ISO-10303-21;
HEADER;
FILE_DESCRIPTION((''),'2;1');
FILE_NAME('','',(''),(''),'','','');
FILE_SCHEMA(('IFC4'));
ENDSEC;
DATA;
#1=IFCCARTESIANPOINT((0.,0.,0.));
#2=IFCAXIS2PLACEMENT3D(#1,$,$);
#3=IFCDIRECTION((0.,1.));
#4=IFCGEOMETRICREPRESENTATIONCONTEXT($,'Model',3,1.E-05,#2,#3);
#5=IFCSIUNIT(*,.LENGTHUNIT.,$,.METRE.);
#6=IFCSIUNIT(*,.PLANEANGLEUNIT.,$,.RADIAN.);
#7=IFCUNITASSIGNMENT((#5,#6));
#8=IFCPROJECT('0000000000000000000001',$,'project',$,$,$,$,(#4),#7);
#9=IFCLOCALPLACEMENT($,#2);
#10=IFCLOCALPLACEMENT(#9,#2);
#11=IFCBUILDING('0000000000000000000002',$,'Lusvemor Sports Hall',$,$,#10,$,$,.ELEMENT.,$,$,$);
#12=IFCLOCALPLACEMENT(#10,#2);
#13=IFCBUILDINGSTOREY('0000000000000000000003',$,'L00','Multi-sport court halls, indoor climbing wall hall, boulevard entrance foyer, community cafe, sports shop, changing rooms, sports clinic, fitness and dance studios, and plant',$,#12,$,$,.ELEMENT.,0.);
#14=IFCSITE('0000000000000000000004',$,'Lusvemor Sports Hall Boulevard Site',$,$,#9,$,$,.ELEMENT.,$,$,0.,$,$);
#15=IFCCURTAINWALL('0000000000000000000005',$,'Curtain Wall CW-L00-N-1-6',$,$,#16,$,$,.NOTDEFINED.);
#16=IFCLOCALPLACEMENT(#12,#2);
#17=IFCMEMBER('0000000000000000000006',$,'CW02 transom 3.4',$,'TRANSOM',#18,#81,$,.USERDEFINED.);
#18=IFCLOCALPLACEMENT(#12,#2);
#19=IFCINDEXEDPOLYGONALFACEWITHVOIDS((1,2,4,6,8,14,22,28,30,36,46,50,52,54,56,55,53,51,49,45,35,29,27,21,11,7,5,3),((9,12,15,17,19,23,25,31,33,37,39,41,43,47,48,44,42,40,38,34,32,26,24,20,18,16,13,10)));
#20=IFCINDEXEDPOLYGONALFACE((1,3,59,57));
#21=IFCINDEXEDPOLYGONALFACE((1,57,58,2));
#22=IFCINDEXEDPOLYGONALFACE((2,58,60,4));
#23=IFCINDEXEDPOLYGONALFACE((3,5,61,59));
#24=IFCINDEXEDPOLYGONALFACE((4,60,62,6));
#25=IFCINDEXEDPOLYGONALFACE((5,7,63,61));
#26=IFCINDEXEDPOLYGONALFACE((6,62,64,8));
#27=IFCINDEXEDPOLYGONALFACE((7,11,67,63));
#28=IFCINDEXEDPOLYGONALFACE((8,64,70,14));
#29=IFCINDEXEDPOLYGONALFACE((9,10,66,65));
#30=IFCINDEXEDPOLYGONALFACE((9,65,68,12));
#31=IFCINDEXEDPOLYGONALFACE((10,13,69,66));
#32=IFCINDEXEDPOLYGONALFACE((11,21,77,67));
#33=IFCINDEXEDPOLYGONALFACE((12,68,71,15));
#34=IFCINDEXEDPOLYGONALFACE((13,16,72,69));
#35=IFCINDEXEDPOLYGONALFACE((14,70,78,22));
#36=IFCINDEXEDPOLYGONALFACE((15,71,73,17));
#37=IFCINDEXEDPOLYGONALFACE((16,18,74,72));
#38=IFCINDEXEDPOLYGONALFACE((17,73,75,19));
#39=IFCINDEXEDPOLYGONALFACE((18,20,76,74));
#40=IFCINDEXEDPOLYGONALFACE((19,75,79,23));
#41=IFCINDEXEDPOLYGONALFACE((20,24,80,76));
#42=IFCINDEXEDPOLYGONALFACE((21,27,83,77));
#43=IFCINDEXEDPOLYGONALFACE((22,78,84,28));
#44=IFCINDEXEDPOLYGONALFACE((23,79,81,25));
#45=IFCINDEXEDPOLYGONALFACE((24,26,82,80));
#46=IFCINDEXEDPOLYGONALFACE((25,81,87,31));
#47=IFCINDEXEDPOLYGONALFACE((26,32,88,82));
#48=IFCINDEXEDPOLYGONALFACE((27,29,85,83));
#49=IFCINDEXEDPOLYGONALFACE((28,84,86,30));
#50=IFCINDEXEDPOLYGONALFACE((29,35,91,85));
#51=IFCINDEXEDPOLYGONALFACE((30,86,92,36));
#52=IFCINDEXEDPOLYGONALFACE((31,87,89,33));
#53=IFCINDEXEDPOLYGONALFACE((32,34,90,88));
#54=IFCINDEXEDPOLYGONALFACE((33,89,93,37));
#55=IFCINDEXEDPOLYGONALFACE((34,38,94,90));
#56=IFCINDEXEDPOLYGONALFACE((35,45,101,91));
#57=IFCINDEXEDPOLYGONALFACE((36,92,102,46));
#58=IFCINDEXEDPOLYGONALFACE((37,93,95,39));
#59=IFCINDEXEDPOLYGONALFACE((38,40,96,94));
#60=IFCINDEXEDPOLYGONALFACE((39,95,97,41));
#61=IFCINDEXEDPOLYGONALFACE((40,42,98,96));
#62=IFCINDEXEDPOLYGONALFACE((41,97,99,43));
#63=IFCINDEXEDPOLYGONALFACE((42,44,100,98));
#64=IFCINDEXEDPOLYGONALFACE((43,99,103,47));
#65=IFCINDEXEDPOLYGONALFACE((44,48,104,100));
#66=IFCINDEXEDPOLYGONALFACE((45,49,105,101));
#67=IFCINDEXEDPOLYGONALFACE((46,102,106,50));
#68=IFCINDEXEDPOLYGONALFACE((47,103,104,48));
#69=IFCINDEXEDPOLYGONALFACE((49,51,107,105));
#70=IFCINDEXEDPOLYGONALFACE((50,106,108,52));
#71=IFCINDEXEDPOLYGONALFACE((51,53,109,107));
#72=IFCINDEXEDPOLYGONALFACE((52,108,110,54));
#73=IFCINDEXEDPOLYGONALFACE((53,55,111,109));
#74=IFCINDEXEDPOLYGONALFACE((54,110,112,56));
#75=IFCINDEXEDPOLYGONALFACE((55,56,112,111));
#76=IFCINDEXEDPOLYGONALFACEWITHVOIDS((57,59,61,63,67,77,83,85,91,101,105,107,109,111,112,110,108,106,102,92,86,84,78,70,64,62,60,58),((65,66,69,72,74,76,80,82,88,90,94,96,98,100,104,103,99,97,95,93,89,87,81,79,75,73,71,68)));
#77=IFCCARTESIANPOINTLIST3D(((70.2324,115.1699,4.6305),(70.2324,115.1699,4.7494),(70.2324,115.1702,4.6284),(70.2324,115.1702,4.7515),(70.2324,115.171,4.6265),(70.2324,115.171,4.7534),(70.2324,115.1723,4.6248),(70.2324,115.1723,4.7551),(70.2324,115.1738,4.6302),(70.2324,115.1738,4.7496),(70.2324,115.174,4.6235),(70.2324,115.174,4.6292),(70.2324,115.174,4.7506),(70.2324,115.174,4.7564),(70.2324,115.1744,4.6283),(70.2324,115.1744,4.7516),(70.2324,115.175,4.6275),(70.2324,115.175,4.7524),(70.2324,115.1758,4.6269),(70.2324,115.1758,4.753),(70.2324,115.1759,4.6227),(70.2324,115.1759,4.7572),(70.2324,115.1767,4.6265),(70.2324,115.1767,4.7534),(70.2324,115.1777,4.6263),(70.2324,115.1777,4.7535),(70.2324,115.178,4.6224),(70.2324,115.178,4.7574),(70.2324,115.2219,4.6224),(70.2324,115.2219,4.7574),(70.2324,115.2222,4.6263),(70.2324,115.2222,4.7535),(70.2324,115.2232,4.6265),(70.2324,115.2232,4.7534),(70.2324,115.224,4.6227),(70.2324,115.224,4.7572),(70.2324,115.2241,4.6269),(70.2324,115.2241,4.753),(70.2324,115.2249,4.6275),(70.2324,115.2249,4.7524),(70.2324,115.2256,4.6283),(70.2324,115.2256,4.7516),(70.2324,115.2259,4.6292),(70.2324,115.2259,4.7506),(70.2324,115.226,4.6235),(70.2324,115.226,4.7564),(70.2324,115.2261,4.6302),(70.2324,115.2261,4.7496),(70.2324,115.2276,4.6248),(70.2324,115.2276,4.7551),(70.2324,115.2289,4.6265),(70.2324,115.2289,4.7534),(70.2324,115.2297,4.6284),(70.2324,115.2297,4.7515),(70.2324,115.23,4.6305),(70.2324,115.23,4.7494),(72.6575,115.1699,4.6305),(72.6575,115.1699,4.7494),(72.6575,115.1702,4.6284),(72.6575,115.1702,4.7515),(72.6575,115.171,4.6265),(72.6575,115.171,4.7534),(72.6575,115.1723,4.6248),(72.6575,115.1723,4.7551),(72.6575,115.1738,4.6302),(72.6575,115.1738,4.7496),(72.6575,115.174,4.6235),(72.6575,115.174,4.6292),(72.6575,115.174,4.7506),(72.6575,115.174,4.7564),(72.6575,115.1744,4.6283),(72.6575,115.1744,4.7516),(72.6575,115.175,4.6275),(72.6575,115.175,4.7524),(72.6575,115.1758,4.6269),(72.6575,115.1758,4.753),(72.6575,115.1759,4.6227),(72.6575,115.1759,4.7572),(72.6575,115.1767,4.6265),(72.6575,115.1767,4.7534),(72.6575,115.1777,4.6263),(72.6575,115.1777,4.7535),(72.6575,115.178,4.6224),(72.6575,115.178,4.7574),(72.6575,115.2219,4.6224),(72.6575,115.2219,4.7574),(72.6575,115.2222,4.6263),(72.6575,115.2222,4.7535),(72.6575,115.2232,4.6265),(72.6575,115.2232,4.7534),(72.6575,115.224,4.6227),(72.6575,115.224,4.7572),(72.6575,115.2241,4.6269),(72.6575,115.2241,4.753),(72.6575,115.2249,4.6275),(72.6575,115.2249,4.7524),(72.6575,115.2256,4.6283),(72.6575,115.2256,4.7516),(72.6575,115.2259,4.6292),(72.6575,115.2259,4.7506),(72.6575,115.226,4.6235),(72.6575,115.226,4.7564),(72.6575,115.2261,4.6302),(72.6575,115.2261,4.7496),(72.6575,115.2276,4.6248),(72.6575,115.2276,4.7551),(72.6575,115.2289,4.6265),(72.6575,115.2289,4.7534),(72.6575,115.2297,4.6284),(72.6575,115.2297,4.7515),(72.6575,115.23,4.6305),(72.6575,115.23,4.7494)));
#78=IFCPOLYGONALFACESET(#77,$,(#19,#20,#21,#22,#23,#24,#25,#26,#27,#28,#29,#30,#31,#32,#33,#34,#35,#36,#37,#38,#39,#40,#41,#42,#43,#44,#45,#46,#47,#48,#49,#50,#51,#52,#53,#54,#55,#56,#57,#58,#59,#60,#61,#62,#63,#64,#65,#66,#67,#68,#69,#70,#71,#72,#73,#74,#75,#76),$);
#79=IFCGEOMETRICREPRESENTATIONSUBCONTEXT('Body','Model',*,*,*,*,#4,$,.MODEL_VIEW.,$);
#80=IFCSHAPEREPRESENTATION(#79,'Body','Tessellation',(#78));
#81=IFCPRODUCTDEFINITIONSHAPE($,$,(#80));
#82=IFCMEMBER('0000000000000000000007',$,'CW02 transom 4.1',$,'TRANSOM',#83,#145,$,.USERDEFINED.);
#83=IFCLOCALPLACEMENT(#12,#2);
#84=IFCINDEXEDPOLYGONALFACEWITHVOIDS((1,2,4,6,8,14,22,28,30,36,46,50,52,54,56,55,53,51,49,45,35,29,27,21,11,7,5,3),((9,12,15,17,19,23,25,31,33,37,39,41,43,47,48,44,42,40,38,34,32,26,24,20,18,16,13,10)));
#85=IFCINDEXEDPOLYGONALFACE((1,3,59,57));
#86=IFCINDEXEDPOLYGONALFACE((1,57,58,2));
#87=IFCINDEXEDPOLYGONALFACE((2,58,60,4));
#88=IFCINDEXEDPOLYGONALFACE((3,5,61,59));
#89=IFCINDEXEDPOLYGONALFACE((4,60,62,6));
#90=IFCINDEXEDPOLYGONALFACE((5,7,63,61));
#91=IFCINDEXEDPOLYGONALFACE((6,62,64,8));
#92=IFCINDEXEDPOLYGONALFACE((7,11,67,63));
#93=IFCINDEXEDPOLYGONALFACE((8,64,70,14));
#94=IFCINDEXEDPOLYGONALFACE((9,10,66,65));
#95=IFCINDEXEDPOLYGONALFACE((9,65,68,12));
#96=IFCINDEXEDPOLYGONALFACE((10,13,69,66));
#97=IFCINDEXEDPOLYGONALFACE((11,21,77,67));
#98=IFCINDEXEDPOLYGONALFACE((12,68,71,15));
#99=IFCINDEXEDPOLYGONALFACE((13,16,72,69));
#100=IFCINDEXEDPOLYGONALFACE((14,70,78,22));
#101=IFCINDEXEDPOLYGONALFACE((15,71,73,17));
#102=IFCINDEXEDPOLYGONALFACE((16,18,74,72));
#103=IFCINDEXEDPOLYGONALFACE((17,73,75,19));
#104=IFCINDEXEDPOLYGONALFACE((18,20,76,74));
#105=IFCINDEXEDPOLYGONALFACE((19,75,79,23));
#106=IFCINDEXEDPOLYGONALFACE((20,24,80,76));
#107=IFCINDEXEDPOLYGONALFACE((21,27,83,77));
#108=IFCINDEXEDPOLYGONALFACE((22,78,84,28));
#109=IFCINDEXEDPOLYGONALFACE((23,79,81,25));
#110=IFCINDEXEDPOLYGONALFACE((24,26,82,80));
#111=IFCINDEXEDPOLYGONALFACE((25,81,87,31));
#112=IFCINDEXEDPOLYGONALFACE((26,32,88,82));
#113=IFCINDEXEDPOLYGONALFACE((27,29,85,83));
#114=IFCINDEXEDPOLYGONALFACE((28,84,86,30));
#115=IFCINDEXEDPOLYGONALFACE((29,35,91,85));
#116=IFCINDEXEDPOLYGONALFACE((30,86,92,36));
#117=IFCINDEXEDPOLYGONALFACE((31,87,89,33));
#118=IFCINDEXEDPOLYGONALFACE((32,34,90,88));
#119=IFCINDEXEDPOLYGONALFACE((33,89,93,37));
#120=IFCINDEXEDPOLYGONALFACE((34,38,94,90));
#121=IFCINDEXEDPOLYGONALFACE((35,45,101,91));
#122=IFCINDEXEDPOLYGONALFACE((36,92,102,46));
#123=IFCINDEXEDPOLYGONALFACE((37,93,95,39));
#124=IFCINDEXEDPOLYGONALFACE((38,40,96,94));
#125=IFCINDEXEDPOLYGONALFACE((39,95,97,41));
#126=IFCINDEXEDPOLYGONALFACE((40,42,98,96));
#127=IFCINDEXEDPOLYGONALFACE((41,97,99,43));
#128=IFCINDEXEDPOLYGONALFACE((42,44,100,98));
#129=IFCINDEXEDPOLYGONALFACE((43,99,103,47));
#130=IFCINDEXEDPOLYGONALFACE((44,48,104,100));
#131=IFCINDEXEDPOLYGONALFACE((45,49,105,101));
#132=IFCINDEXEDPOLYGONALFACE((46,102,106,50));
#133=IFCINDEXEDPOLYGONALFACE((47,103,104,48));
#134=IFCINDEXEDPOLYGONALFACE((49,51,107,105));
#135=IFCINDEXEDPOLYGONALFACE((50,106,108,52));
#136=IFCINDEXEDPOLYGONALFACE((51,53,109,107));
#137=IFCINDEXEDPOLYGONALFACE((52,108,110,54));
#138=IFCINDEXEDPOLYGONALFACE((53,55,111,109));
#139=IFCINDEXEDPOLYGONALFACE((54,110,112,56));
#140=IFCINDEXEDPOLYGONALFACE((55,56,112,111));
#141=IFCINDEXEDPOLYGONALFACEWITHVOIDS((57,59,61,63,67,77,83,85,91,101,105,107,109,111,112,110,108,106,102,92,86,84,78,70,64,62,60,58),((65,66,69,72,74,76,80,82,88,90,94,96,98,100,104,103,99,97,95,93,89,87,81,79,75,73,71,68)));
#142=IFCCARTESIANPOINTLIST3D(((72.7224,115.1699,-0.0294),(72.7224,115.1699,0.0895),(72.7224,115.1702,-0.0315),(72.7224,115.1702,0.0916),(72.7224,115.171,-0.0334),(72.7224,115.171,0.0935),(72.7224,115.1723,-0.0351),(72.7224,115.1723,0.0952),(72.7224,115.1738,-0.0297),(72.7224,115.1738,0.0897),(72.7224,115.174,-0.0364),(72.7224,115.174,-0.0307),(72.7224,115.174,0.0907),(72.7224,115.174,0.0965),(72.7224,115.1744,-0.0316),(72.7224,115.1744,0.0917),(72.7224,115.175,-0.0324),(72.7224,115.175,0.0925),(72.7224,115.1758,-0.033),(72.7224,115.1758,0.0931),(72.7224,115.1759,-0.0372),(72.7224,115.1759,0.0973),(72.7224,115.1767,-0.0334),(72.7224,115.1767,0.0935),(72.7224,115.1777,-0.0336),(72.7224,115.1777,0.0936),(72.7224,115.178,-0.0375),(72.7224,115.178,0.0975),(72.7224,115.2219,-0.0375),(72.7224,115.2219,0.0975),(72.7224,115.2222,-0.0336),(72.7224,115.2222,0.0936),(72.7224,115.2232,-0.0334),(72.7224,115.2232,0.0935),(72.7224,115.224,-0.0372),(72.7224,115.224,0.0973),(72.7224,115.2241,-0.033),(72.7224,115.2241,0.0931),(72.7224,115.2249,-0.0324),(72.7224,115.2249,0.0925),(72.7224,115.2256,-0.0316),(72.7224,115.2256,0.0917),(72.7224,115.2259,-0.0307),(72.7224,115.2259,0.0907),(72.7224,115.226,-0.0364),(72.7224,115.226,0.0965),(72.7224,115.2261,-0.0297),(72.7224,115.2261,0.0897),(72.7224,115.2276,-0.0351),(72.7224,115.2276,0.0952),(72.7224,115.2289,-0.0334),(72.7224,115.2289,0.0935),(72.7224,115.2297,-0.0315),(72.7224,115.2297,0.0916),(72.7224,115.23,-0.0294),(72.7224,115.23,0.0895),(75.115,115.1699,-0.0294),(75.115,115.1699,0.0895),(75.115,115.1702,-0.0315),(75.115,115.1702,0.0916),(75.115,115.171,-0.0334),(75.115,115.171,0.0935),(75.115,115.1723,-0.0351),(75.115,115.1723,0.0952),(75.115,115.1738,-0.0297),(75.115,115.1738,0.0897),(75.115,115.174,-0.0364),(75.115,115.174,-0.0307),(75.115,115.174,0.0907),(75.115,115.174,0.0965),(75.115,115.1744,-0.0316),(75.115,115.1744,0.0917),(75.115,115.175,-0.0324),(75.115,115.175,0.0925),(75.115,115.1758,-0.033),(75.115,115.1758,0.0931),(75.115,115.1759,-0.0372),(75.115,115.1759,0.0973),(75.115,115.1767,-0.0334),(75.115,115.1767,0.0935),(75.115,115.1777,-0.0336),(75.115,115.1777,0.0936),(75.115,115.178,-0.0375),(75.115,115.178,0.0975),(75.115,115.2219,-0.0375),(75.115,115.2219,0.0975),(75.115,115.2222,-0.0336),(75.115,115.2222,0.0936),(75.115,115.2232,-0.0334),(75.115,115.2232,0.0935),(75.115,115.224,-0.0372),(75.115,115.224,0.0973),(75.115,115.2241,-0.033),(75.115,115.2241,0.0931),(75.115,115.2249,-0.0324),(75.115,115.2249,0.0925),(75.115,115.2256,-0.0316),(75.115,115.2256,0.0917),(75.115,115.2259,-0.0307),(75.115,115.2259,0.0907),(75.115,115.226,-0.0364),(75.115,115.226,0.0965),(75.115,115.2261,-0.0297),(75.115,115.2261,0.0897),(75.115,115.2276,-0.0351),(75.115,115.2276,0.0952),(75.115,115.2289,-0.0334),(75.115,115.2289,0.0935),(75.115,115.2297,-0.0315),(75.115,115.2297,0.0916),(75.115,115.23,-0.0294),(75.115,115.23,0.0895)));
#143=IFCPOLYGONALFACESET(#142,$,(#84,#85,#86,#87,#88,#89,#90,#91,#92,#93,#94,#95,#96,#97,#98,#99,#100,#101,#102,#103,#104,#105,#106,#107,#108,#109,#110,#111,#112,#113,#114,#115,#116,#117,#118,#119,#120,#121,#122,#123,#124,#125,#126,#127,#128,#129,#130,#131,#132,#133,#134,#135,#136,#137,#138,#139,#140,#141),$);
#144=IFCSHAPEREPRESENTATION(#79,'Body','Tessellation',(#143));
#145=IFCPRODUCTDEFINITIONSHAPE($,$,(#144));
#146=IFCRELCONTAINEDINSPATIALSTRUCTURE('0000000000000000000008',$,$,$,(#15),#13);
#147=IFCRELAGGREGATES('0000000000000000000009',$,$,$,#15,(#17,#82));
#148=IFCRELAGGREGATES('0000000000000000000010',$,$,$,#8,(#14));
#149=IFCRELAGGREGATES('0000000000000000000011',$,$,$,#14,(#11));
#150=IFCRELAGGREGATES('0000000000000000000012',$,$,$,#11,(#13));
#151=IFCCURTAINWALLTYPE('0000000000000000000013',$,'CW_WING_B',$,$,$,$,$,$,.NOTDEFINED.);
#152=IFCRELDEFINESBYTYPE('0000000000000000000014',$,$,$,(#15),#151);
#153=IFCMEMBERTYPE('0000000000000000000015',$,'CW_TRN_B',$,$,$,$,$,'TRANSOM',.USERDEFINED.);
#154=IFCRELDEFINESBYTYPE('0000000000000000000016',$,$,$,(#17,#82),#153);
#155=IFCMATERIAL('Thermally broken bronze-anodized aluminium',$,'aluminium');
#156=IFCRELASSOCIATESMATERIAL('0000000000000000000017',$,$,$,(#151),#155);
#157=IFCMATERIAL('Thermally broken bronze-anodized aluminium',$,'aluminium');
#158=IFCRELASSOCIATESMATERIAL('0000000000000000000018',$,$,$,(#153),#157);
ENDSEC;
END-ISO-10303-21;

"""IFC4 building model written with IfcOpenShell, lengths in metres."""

from ifc_helpers import new_model, si_unit, direction, frame, origin, origin_2d, place, context, subcontext, project, spatial, hollow_rectangle, extrude, material, material_profile, profile_set, type_object, element, aggregate, save


model = new_model("IFC4")

# Units and contexts
model_context = context("Model", 3, precision=1e-05, world=origin(), true_north=direction((0.0, 1.0)))
body_context = subcontext(model_context, "Body", "Model", "MODEL_VIEW")
ifc_project = project(units=[si_unit("LENGTHUNIT", "METRE"), si_unit("PLANEANGLEUNIT", "RADIAN")], contexts=[model_context])

# Site, building, storey
site_placement = place(None, origin())
site = spatial("IfcSite", under=ifc_project, at=site_placement, Name="Lusvemor Sports Hall Boulevard Site", CompositionType="ELEMENT", RefElevation=0.0)
building_placement = place(site_placement, origin())
building = spatial("IfcBuilding", under=site, at=building_placement, Name="Lusvemor Sports Hall", CompositionType="ELEMENT")
storey_placement = place(building_placement, origin())
storey = spatial("IfcBuildingStorey", under=building, at=storey_placement, Name="L00", Description="Multi-sport court halls, indoor climbing wall hall, boulevard entrance foyer, community cafe, sports shop, changing rooms, sports clinic, fitness and dance studios, and plant", CompositionType="ELEMENT", Elevation=0.0)

# Curtain wall, members
ifc_material_1 = material(Name="Thermally broken bronze-anodized aluminium", Category="aluminium")
curtain_wall_type = type_object("IfcCurtainWallType", Name="CW_WING_B", PredefinedType="NOTDEFINED", material=ifc_material_1)
curtain_wall_placement = place(storey_placement, origin())
curtain_wall = element("IfcCurtainWall", 1, at=curtain_wall_placement, inside=storey, type_object=curtain_wall_type, Name="Curtain Wall CW-L00-N-1-6", PredefinedType="NOTDEFINED")
ifc_material_2 = material(Name="Thermally broken bronze-anodized aluminium", Category="aluminium")
ifc_material_profile_1 = material_profile(ifc_material_2, hollow_rectangle(XDim=0.0601, YDim=0.135, WallThickness=0.0039, InnerFilletRadius=0.0039, OuterFilletRadius=0.0081, at=origin_2d()), Name="CWTRN135x60x4")
ifc_profile_set_1 = profile_set([ifc_material_profile_1], Name="Thermally broken bronze-anodized aluminium")
member_type_1 = type_object("IfcMemberType", Name="CW_TRN_B", ElementType="TRANSOM", PredefinedType="USERDEFINED", material=ifc_profile_set_1)
member_1_placement = place(storey_placement, frame((70.2324, 115.2, 4.6899), z_axis=(1.0, 0.0, 0.0), x_axis=(0.0, 1.0, 0.0)))
member_1 = element("IfcMember", 2, at=member_1_placement, type_object=member_type_1, Name="CW02 transom 3.4", ObjectType="TRANSOM", PredefinedType="USERDEFINED", context=body_context, shape_type="SweptSolid", body=[
    extrude(hollow_rectangle(XDim=0.0601, YDim=0.135, WallThickness=0.0039, InnerFilletRadius=0.0039, OuterFilletRadius=0.0081, at=origin_2d()), origin(), (0.0, 0.0, 1.0), 2.425),
])
member_2_placement = place(storey_placement, frame((72.7224, 115.2, 0.03), z_axis=(1.0, 0.0, 0.0), x_axis=(0.0, 1.0, 0.0)))
member_2 = element("IfcMember", 3, at=member_2_placement, type_object=member_type_1, Name="CW02 transom 4.1", ObjectType="TRANSOM", PredefinedType="USERDEFINED", context=body_context, shape_type="SweptSolid", body=[
    extrude(hollow_rectangle(XDim=0.0601, YDim=0.135, WallThickness=0.0039, InnerFilletRadius=0.0039, OuterFilletRadius=0.0081, at=origin_2d()), origin(), (0.0, 0.0, 1.0), 2.3926),
])
aggregate(curtain_wall, [member_1, member_2])

save(model, "model.ifc")
